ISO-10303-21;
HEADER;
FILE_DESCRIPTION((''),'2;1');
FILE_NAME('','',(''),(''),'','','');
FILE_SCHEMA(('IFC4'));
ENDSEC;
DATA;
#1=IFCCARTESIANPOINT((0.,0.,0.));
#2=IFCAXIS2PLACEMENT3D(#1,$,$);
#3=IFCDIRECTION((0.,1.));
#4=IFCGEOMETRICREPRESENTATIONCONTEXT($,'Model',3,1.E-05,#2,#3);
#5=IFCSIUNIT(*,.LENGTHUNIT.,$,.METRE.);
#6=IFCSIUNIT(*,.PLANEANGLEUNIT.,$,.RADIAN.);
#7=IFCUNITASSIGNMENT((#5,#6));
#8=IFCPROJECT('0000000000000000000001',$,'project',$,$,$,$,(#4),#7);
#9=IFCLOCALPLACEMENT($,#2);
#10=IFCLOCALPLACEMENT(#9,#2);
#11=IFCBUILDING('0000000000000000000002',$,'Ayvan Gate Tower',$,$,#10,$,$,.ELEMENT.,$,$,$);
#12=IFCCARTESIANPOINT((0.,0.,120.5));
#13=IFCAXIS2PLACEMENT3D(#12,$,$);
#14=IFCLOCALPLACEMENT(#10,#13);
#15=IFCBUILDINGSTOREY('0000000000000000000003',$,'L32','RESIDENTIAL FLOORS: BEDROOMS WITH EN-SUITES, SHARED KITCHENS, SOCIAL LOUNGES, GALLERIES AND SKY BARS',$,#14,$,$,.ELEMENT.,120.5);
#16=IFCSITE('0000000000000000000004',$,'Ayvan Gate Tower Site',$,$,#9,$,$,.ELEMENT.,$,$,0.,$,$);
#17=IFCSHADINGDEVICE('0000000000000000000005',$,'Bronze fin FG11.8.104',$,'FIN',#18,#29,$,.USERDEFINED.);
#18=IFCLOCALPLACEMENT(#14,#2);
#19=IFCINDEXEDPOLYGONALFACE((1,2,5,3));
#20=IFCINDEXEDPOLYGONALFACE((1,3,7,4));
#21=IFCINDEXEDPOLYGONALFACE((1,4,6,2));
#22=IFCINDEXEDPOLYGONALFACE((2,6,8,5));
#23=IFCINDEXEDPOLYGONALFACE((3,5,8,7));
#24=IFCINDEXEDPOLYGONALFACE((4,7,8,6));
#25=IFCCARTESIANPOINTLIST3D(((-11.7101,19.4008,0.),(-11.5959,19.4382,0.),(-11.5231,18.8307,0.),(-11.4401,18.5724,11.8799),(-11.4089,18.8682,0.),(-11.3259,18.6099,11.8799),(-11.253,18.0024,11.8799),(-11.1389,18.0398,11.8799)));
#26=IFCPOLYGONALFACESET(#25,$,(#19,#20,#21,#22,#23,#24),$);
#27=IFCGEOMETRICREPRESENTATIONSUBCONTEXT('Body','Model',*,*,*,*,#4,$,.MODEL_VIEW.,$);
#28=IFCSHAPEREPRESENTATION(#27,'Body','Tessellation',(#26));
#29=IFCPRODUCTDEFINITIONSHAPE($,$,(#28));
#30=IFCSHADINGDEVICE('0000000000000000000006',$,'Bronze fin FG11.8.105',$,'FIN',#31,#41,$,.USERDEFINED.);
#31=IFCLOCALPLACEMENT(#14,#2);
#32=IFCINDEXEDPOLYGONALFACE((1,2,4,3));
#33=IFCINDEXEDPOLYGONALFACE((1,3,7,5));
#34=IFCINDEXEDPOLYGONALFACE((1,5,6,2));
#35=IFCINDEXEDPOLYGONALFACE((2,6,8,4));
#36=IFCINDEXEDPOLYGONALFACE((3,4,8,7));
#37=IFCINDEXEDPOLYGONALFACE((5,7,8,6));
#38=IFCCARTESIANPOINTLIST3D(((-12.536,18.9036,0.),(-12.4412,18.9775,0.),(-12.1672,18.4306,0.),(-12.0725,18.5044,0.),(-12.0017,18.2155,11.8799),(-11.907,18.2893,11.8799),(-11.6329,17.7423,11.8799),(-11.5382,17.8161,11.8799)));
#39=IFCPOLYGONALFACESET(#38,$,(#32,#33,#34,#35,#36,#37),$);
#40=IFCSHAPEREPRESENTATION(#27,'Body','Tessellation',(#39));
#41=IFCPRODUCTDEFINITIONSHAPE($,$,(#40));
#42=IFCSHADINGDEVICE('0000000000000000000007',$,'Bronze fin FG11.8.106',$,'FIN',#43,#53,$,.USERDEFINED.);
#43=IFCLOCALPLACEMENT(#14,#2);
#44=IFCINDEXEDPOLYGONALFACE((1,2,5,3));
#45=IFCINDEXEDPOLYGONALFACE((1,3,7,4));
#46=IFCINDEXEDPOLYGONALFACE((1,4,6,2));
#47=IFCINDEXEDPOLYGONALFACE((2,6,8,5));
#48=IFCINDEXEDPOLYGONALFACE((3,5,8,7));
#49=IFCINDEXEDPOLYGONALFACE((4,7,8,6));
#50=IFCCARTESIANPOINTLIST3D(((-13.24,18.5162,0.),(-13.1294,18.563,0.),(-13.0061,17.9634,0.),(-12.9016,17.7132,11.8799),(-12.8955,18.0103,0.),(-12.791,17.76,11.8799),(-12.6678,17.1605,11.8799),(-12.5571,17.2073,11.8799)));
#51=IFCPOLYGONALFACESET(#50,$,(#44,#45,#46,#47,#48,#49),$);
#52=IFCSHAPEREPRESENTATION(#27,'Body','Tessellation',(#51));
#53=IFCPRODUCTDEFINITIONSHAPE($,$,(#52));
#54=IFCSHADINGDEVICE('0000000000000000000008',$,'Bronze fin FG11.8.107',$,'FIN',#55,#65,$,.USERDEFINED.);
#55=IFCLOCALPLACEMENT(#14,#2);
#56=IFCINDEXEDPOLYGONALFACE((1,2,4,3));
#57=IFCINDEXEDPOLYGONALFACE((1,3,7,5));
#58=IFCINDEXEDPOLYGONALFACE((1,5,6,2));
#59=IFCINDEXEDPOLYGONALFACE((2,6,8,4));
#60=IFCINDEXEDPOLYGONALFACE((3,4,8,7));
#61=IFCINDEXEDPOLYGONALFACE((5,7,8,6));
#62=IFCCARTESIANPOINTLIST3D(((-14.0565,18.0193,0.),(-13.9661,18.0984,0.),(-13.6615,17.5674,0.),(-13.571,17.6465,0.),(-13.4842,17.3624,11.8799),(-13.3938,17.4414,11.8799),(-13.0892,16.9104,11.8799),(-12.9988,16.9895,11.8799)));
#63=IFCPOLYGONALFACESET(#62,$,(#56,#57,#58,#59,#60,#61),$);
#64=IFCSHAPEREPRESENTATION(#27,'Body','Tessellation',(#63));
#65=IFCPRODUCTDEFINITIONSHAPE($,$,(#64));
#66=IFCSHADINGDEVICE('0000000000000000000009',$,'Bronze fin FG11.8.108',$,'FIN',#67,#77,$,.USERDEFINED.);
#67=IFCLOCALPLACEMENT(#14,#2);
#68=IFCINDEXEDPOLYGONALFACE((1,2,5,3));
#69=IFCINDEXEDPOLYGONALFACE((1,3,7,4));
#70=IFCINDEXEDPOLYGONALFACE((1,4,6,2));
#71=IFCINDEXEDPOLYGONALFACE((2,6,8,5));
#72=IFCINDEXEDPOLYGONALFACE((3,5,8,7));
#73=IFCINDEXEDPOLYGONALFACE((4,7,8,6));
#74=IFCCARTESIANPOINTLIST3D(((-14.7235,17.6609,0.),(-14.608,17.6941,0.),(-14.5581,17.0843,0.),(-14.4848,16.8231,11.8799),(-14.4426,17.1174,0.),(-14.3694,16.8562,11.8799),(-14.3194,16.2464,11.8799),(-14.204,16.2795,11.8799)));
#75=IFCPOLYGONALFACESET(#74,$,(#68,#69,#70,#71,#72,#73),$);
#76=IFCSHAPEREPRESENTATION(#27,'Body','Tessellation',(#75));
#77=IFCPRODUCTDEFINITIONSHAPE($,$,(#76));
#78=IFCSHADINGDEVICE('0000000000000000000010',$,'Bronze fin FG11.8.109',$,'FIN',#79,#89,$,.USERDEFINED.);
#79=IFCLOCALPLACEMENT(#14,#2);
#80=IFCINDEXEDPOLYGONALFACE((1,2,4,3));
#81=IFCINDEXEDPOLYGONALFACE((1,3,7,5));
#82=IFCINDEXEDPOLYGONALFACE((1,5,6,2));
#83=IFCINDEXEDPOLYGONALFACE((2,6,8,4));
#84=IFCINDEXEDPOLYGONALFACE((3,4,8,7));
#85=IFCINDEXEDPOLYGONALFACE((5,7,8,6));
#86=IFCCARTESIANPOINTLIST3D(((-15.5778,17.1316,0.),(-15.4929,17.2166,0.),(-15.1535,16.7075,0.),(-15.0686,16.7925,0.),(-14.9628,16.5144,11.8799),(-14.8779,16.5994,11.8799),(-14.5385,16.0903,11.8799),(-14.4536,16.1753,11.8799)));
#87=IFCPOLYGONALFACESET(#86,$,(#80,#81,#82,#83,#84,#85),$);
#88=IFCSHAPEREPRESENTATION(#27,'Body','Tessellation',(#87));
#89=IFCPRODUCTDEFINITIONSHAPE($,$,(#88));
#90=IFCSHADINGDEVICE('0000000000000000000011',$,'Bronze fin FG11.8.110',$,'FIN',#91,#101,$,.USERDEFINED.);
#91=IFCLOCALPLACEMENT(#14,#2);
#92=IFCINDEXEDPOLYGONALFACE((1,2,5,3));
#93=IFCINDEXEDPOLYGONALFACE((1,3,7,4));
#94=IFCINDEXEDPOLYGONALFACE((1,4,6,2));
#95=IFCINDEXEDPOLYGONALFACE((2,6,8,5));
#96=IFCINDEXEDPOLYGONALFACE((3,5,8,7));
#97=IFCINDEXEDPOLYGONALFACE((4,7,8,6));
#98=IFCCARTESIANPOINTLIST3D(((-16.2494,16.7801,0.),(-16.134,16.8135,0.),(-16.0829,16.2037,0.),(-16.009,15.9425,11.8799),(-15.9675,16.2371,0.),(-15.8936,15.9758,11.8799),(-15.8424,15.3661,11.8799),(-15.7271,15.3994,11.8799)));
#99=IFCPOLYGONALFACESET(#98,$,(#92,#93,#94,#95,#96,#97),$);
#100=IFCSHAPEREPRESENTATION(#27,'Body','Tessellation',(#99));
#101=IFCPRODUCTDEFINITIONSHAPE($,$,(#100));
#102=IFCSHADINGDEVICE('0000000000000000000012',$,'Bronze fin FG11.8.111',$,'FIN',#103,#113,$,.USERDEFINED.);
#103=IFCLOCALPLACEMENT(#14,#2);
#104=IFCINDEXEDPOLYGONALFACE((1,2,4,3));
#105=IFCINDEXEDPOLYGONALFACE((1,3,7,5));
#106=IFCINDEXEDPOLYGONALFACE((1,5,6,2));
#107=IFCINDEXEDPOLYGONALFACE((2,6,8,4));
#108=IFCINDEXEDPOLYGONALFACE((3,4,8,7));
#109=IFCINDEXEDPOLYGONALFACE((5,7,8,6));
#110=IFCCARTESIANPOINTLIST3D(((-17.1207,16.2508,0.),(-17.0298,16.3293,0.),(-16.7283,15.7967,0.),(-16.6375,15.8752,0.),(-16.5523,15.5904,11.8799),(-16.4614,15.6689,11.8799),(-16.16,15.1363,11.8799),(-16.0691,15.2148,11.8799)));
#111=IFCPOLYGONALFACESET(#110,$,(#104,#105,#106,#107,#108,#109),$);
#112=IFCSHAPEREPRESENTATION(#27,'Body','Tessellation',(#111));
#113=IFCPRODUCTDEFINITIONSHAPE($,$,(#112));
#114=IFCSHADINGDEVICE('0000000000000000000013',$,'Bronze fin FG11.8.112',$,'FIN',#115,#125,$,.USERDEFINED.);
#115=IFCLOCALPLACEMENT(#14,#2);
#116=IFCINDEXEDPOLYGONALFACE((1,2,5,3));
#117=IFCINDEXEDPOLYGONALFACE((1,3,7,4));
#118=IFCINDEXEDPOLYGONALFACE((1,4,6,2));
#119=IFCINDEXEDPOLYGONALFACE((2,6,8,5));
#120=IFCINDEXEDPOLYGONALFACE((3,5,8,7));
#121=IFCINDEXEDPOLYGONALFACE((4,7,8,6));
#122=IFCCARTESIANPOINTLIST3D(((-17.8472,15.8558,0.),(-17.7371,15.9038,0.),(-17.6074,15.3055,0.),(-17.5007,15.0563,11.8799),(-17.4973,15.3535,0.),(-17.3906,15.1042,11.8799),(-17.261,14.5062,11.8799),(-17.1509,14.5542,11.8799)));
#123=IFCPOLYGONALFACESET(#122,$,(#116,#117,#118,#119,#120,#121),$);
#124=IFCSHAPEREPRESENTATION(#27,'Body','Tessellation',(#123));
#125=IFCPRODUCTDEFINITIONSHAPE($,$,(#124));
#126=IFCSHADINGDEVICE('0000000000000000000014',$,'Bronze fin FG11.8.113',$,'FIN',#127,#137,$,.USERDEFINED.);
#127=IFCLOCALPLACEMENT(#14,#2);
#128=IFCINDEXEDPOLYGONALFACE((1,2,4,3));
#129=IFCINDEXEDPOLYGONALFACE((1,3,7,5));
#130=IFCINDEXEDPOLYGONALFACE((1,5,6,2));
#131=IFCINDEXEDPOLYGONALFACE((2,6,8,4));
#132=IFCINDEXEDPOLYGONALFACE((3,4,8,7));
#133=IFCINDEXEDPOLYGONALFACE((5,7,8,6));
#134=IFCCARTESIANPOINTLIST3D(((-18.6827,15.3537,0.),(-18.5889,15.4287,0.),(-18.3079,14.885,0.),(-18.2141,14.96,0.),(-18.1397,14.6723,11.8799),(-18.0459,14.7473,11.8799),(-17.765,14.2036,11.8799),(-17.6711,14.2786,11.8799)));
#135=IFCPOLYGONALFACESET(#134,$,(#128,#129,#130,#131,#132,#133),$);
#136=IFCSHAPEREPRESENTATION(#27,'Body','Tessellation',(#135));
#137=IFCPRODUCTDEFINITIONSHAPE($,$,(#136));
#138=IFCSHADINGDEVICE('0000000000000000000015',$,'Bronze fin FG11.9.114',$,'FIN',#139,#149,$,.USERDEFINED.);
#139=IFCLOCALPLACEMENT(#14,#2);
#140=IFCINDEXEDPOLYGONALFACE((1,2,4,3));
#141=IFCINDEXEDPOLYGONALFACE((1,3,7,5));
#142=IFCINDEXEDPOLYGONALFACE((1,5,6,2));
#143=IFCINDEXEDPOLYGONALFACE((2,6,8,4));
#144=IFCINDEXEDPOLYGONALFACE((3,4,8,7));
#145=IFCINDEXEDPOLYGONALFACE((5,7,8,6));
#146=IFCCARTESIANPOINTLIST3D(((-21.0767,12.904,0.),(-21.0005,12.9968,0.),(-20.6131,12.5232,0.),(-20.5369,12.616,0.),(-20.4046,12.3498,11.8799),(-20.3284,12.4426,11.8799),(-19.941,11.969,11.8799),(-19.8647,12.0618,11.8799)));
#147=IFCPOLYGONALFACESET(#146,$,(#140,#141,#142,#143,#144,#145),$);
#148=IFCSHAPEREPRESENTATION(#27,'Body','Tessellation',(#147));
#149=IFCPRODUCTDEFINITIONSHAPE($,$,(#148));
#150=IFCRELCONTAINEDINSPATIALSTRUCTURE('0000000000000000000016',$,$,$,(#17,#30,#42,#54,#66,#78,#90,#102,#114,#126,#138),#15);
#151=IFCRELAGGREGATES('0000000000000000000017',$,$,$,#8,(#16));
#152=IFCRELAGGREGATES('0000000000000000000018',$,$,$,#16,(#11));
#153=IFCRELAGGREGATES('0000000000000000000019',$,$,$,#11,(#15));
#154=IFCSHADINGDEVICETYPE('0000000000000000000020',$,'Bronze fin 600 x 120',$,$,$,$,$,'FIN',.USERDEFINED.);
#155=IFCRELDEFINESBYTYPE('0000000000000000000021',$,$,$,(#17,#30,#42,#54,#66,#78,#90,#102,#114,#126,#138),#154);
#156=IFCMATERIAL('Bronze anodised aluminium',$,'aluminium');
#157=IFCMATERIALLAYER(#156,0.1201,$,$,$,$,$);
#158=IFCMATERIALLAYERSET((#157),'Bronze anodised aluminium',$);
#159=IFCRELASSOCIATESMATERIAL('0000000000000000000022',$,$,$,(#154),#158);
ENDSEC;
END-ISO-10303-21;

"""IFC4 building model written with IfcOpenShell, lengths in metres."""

from ifc_helpers import new_model, si_unit, direction, frame, origin, place, context, subcontext, project, spatial, polyline, outline, extrude, material, layer, layer_set, type_object, element, save


model = new_model("IFC4")

# Units and contexts
model_context = context("Model", 3, precision=1e-05, world=origin(), true_north=direction((0.0, 1.0)))
body_context = subcontext(model_context, "Body", "Model", "MODEL_VIEW")
ifc_project = project(units=[si_unit("LENGTHUNIT", "METRE"), si_unit("PLANEANGLEUNIT", "RADIAN")], contexts=[model_context])

# Site, building, storey
site_placement = place(None, origin())
site = spatial("IfcSite", under=ifc_project, at=site_placement, Name="Ayvan Gate Tower Site", CompositionType="ELEMENT", RefElevation=0.0)
building_placement = place(site_placement, origin())
building = spatial("IfcBuilding", under=site, at=building_placement, Name="Ayvan Gate Tower", CompositionType="ELEMENT")
storey_placement = place(building_placement, frame((0.0, 0.0, 120.5)))
storey = spatial("IfcBuildingStorey", under=building, at=storey_placement, Name="L32", Description="RESIDENTIAL FLOORS: BEDROOMS WITH EN-SUITES, SHARED KITCHENS, SOCIAL LOUNGES, GALLERIES AND SKY BARS", CompositionType="ELEMENT", Elevation=120.5)

# Shared definitions
ifc_material_1 = material(Name="Bronze anodised aluminium", Category="aluminium")

# Shading devices
ifc_layer_1 = layer(ifc_material_1, 0.1201)
ifc_layer_set_1 = layer_set([ifc_layer_1], Name="Bronze anodised aluminium")
shading_device_type = type_object("IfcShadingDeviceType", Name="Bronze fin 600 x 120", ElementType="FIN", PredefinedType="USERDEFINED", material=ifc_layer_set_1)
shading_device_1_placement = place(storey_placement, frame((-11.4089, 18.8682, 0.0), z_axis=(0.950178, 0.311707, 0.000138), x_axis=(-0.311707, 0.950178, 0.0)))
element("IfcShadingDevice", 1, at=shading_device_1_placement, inside=storey, type_object=shading_device_type, Name="Bronze fin FG11.8.104", ObjectType="FIN", PredefinedType="USERDEFINED", context=body_context, shape_type="SweptSolid", body=[
    extrude(outline(polyline([(0.0, 0.0), (0.6, 0.0), (-0.2713, 11.8799), (-0.8713, 11.8799), (0.0, 0.0)])), origin(), (0.0, 0.0, -1.0), 0.1201),
])
shading_device_2_placement = place(storey_placement, frame((-12.0725, 18.5044, 0.0), z_axis=(0.788727, 0.614743, 0.00014), x_axis=(-0.614743, 0.788727, 0.0)))
element("IfcShadingDevice", 2, at=shading_device_2_placement, inside=storey, type_object=shading_device_type, Name="Bronze fin FG11.8.105", ObjectType="FIN", PredefinedType="USERDEFINED", context=body_context, shape_type="SweptSolid", body=[
    extrude(outline(polyline([(0.0, 0.0), (0.5998, 0.0), (-0.2714, 11.8799), (-0.8714, 11.8799), (0.0, 0.0)])), origin(), (0.0, 0.0, -1.0), 0.1201),
])
shading_device_3_placement = place(storey_placement, frame((-12.8955, 18.0103, 0.0), z_axis=(0.920945, 0.389693, 0.000108), x_axis=(-0.389693, 0.920945, 0.0)))
element("IfcShadingDevice", 3, at=shading_device_3_placement, inside=storey, type_object=shading_device_type, Name="Bronze fin FG11.8.106", ObjectType="FIN", PredefinedType="USERDEFINED", context=body_context, shape_type="SweptSolid", body=[
    extrude(outline(polyline([(0.0, 0.0), (0.6002, 0.0), (-0.2712, 11.8799), (-0.8714, 11.8799), (0.0, 0.0)])), origin(), (0.0, 0.0, -1.0), 0.1201),
])
shading_device_4_placement = place(storey_placement, frame((-13.571, 17.6465, 0.0), z_axis=(0.752904, 0.65813, 0.000128), x_axis=(-0.65813, 0.752904, 0.0)))
element("IfcShadingDevice", 4, at=shading_device_4_placement, inside=storey, type_object=shading_device_type, Name="Bronze fin FG11.8.107", ObjectType="FIN", PredefinedType="USERDEFINED", context=body_context, shape_type="SweptSolid", body=[
    extrude(outline(polyline([(0.0, 0.0), (0.6002, 0.0), (-0.2711, 11.8799), (-0.8713, 11.8799), (0.0, 0.0)])), origin(), (0.0, 0.0, -1.0), 0.1201),
])
shading_device_5_placement = place(storey_placement, frame((-14.4426, 17.1174, 0.0), z_axis=(0.961239, 0.275715, 0.000137), x_axis=(-0.275715, 0.961239, 0.0)))
element("IfcShadingDevice", 5, at=shading_device_5_placement, inside=storey, type_object=shading_device_type, Name="Bronze fin FG11.8.108", ObjectType="FIN", PredefinedType="USERDEFINED", context=body_context, shape_type="SweptSolid", body=[
    extrude(outline(polyline([(0.0, 0.0), (0.5999, 0.0), (-0.2713, 11.8799), (-0.8712, 11.8799), (0.0, 0.0)])), origin(), (0.0, 0.0, -1.0), 0.1201),
])
shading_device_6_placement = place(storey_placement, frame((-15.0686, 16.7925, 0.0), z_axis=(0.706903, 0.70731, 0.000152), x_axis=(-0.70731, 0.706903, 0.0)))
element("IfcShadingDevice", 6, at=shading_device_6_placement, inside=storey, type_object=shading_device_type, Name="Bronze fin FG11.8.109", ObjectType="FIN", PredefinedType="USERDEFINED", context=body_context, shape_type="SweptSolid", body=[
    extrude(outline(polyline([(0.0, 0.0), (0.5999, 0.0), (-0.2714, 11.8799), (-0.8713, 11.8799), (0.0, 0.0)])), origin(), (0.0, 0.0, -1.0), 0.1201),
])
shading_device_7_placement = place(storey_placement, frame((-15.9675, 16.2371, 0.0), z_axis=(0.960721, 0.277515, 0.00012), x_axis=(-0.277515, 0.960721, 0.0)))
element("IfcShadingDevice", 7, at=shading_device_7_placement, inside=storey, type_object=shading_device_type, Name="Bronze fin FG11.8.110", ObjectType="FIN", PredefinedType="USERDEFINED", context=body_context, shape_type="SweptSolid", body=[
    extrude(outline(polyline([(0.0, 0.0), (0.6, 0.0), (-0.2715, 11.8799), (-0.8715, 11.8799), (0.0, 0.0)])), origin(), (0.0, 0.0, -1.0), 0.1201),
])
shading_device_8_placement = place(storey_placement, frame((-16.6375, 15.8752, 0.0), z_axis=(0.756695, 0.653768, 0.000141), x_axis=(-0.653768, 0.756695, 0.0)))
element("IfcShadingDevice", 8, at=shading_device_8_placement, inside=storey, type_object=shading_device_type, Name="Bronze fin FG11.8.111", ObjectType="FIN", PredefinedType="USERDEFINED", context=body_context, shape_type="SweptSolid", body=[
    extrude(outline(polyline([(0.0, 0.0), (0.6001, 0.0), (-0.2712, 11.8799), (-0.8713, 11.8799), (0.0, 0.0)])), origin(), (0.0, 0.0, -1.0), 0.1201),
])
shading_device_9_placement = place(storey_placement, frame((-17.4973, 15.3535, 0.0), z_axis=(0.91674, 0.399485, 0.000149), x_axis=(-0.399485, 0.91674, 0.0)))
element("IfcShadingDevice", 9, at=shading_device_9_placement, inside=storey, type_object=shading_device_type, Name="Bronze fin FG11.8.112", ObjectType="FIN", PredefinedType="USERDEFINED", context=body_context, shape_type="SweptSolid", body=[
    extrude(outline(polyline([(0.0, 0.0), (0.6003, 0.0), (-0.2711, 11.8799), (-0.8712, 11.8799), (0.0, 0.0)])), origin(), (0.0, 0.0, -1.0), 0.1201),
])
shading_device_10_placement = place(storey_placement, frame((-18.2141, 14.96, 0.0), z_axis=(0.781067, 0.624447, 0.000118), x_axis=(-0.624447, 0.781067, 0.0)))
element("IfcShadingDevice", 10, at=shading_device_10_placement, inside=storey, type_object=shading_device_type, Name="Bronze fin FG11.8.113", ObjectType="FIN", PredefinedType="USERDEFINED", context=body_context, shape_type="SweptSolid", body=[
    extrude(outline(polyline([(0.0, 0.0), (0.6001, 0.0), (-0.2711, 11.8799), (-0.8713, 11.8799), (0.0, 0.0)])), origin(), (0.0, 0.0, -1.0), 0.1201),
])
shading_device_11_placement = place(storey_placement, frame((-20.5369, 12.616, 0.0), z_axis=(0.634765, 0.772705, 0.000134), x_axis=(-0.772705, 0.634765, 0.0)))
element("IfcShadingDevice", 11, at=shading_device_11_placement, inside=storey, type_object=shading_device_type, Name="Bronze fin FG11.9.114", ObjectType="FIN", PredefinedType="USERDEFINED", context=body_context, shape_type="SweptSolid", body=[
    extrude(outline(polyline([(0.0, 0.0), (0.6, 0.0), (-0.2711, 11.8799), (-0.8711, 11.8799), (0.0, 0.0)])), origin(), (0.0, 0.0, -1.0), 0.1201),
])

save(model, "model.ifc")
